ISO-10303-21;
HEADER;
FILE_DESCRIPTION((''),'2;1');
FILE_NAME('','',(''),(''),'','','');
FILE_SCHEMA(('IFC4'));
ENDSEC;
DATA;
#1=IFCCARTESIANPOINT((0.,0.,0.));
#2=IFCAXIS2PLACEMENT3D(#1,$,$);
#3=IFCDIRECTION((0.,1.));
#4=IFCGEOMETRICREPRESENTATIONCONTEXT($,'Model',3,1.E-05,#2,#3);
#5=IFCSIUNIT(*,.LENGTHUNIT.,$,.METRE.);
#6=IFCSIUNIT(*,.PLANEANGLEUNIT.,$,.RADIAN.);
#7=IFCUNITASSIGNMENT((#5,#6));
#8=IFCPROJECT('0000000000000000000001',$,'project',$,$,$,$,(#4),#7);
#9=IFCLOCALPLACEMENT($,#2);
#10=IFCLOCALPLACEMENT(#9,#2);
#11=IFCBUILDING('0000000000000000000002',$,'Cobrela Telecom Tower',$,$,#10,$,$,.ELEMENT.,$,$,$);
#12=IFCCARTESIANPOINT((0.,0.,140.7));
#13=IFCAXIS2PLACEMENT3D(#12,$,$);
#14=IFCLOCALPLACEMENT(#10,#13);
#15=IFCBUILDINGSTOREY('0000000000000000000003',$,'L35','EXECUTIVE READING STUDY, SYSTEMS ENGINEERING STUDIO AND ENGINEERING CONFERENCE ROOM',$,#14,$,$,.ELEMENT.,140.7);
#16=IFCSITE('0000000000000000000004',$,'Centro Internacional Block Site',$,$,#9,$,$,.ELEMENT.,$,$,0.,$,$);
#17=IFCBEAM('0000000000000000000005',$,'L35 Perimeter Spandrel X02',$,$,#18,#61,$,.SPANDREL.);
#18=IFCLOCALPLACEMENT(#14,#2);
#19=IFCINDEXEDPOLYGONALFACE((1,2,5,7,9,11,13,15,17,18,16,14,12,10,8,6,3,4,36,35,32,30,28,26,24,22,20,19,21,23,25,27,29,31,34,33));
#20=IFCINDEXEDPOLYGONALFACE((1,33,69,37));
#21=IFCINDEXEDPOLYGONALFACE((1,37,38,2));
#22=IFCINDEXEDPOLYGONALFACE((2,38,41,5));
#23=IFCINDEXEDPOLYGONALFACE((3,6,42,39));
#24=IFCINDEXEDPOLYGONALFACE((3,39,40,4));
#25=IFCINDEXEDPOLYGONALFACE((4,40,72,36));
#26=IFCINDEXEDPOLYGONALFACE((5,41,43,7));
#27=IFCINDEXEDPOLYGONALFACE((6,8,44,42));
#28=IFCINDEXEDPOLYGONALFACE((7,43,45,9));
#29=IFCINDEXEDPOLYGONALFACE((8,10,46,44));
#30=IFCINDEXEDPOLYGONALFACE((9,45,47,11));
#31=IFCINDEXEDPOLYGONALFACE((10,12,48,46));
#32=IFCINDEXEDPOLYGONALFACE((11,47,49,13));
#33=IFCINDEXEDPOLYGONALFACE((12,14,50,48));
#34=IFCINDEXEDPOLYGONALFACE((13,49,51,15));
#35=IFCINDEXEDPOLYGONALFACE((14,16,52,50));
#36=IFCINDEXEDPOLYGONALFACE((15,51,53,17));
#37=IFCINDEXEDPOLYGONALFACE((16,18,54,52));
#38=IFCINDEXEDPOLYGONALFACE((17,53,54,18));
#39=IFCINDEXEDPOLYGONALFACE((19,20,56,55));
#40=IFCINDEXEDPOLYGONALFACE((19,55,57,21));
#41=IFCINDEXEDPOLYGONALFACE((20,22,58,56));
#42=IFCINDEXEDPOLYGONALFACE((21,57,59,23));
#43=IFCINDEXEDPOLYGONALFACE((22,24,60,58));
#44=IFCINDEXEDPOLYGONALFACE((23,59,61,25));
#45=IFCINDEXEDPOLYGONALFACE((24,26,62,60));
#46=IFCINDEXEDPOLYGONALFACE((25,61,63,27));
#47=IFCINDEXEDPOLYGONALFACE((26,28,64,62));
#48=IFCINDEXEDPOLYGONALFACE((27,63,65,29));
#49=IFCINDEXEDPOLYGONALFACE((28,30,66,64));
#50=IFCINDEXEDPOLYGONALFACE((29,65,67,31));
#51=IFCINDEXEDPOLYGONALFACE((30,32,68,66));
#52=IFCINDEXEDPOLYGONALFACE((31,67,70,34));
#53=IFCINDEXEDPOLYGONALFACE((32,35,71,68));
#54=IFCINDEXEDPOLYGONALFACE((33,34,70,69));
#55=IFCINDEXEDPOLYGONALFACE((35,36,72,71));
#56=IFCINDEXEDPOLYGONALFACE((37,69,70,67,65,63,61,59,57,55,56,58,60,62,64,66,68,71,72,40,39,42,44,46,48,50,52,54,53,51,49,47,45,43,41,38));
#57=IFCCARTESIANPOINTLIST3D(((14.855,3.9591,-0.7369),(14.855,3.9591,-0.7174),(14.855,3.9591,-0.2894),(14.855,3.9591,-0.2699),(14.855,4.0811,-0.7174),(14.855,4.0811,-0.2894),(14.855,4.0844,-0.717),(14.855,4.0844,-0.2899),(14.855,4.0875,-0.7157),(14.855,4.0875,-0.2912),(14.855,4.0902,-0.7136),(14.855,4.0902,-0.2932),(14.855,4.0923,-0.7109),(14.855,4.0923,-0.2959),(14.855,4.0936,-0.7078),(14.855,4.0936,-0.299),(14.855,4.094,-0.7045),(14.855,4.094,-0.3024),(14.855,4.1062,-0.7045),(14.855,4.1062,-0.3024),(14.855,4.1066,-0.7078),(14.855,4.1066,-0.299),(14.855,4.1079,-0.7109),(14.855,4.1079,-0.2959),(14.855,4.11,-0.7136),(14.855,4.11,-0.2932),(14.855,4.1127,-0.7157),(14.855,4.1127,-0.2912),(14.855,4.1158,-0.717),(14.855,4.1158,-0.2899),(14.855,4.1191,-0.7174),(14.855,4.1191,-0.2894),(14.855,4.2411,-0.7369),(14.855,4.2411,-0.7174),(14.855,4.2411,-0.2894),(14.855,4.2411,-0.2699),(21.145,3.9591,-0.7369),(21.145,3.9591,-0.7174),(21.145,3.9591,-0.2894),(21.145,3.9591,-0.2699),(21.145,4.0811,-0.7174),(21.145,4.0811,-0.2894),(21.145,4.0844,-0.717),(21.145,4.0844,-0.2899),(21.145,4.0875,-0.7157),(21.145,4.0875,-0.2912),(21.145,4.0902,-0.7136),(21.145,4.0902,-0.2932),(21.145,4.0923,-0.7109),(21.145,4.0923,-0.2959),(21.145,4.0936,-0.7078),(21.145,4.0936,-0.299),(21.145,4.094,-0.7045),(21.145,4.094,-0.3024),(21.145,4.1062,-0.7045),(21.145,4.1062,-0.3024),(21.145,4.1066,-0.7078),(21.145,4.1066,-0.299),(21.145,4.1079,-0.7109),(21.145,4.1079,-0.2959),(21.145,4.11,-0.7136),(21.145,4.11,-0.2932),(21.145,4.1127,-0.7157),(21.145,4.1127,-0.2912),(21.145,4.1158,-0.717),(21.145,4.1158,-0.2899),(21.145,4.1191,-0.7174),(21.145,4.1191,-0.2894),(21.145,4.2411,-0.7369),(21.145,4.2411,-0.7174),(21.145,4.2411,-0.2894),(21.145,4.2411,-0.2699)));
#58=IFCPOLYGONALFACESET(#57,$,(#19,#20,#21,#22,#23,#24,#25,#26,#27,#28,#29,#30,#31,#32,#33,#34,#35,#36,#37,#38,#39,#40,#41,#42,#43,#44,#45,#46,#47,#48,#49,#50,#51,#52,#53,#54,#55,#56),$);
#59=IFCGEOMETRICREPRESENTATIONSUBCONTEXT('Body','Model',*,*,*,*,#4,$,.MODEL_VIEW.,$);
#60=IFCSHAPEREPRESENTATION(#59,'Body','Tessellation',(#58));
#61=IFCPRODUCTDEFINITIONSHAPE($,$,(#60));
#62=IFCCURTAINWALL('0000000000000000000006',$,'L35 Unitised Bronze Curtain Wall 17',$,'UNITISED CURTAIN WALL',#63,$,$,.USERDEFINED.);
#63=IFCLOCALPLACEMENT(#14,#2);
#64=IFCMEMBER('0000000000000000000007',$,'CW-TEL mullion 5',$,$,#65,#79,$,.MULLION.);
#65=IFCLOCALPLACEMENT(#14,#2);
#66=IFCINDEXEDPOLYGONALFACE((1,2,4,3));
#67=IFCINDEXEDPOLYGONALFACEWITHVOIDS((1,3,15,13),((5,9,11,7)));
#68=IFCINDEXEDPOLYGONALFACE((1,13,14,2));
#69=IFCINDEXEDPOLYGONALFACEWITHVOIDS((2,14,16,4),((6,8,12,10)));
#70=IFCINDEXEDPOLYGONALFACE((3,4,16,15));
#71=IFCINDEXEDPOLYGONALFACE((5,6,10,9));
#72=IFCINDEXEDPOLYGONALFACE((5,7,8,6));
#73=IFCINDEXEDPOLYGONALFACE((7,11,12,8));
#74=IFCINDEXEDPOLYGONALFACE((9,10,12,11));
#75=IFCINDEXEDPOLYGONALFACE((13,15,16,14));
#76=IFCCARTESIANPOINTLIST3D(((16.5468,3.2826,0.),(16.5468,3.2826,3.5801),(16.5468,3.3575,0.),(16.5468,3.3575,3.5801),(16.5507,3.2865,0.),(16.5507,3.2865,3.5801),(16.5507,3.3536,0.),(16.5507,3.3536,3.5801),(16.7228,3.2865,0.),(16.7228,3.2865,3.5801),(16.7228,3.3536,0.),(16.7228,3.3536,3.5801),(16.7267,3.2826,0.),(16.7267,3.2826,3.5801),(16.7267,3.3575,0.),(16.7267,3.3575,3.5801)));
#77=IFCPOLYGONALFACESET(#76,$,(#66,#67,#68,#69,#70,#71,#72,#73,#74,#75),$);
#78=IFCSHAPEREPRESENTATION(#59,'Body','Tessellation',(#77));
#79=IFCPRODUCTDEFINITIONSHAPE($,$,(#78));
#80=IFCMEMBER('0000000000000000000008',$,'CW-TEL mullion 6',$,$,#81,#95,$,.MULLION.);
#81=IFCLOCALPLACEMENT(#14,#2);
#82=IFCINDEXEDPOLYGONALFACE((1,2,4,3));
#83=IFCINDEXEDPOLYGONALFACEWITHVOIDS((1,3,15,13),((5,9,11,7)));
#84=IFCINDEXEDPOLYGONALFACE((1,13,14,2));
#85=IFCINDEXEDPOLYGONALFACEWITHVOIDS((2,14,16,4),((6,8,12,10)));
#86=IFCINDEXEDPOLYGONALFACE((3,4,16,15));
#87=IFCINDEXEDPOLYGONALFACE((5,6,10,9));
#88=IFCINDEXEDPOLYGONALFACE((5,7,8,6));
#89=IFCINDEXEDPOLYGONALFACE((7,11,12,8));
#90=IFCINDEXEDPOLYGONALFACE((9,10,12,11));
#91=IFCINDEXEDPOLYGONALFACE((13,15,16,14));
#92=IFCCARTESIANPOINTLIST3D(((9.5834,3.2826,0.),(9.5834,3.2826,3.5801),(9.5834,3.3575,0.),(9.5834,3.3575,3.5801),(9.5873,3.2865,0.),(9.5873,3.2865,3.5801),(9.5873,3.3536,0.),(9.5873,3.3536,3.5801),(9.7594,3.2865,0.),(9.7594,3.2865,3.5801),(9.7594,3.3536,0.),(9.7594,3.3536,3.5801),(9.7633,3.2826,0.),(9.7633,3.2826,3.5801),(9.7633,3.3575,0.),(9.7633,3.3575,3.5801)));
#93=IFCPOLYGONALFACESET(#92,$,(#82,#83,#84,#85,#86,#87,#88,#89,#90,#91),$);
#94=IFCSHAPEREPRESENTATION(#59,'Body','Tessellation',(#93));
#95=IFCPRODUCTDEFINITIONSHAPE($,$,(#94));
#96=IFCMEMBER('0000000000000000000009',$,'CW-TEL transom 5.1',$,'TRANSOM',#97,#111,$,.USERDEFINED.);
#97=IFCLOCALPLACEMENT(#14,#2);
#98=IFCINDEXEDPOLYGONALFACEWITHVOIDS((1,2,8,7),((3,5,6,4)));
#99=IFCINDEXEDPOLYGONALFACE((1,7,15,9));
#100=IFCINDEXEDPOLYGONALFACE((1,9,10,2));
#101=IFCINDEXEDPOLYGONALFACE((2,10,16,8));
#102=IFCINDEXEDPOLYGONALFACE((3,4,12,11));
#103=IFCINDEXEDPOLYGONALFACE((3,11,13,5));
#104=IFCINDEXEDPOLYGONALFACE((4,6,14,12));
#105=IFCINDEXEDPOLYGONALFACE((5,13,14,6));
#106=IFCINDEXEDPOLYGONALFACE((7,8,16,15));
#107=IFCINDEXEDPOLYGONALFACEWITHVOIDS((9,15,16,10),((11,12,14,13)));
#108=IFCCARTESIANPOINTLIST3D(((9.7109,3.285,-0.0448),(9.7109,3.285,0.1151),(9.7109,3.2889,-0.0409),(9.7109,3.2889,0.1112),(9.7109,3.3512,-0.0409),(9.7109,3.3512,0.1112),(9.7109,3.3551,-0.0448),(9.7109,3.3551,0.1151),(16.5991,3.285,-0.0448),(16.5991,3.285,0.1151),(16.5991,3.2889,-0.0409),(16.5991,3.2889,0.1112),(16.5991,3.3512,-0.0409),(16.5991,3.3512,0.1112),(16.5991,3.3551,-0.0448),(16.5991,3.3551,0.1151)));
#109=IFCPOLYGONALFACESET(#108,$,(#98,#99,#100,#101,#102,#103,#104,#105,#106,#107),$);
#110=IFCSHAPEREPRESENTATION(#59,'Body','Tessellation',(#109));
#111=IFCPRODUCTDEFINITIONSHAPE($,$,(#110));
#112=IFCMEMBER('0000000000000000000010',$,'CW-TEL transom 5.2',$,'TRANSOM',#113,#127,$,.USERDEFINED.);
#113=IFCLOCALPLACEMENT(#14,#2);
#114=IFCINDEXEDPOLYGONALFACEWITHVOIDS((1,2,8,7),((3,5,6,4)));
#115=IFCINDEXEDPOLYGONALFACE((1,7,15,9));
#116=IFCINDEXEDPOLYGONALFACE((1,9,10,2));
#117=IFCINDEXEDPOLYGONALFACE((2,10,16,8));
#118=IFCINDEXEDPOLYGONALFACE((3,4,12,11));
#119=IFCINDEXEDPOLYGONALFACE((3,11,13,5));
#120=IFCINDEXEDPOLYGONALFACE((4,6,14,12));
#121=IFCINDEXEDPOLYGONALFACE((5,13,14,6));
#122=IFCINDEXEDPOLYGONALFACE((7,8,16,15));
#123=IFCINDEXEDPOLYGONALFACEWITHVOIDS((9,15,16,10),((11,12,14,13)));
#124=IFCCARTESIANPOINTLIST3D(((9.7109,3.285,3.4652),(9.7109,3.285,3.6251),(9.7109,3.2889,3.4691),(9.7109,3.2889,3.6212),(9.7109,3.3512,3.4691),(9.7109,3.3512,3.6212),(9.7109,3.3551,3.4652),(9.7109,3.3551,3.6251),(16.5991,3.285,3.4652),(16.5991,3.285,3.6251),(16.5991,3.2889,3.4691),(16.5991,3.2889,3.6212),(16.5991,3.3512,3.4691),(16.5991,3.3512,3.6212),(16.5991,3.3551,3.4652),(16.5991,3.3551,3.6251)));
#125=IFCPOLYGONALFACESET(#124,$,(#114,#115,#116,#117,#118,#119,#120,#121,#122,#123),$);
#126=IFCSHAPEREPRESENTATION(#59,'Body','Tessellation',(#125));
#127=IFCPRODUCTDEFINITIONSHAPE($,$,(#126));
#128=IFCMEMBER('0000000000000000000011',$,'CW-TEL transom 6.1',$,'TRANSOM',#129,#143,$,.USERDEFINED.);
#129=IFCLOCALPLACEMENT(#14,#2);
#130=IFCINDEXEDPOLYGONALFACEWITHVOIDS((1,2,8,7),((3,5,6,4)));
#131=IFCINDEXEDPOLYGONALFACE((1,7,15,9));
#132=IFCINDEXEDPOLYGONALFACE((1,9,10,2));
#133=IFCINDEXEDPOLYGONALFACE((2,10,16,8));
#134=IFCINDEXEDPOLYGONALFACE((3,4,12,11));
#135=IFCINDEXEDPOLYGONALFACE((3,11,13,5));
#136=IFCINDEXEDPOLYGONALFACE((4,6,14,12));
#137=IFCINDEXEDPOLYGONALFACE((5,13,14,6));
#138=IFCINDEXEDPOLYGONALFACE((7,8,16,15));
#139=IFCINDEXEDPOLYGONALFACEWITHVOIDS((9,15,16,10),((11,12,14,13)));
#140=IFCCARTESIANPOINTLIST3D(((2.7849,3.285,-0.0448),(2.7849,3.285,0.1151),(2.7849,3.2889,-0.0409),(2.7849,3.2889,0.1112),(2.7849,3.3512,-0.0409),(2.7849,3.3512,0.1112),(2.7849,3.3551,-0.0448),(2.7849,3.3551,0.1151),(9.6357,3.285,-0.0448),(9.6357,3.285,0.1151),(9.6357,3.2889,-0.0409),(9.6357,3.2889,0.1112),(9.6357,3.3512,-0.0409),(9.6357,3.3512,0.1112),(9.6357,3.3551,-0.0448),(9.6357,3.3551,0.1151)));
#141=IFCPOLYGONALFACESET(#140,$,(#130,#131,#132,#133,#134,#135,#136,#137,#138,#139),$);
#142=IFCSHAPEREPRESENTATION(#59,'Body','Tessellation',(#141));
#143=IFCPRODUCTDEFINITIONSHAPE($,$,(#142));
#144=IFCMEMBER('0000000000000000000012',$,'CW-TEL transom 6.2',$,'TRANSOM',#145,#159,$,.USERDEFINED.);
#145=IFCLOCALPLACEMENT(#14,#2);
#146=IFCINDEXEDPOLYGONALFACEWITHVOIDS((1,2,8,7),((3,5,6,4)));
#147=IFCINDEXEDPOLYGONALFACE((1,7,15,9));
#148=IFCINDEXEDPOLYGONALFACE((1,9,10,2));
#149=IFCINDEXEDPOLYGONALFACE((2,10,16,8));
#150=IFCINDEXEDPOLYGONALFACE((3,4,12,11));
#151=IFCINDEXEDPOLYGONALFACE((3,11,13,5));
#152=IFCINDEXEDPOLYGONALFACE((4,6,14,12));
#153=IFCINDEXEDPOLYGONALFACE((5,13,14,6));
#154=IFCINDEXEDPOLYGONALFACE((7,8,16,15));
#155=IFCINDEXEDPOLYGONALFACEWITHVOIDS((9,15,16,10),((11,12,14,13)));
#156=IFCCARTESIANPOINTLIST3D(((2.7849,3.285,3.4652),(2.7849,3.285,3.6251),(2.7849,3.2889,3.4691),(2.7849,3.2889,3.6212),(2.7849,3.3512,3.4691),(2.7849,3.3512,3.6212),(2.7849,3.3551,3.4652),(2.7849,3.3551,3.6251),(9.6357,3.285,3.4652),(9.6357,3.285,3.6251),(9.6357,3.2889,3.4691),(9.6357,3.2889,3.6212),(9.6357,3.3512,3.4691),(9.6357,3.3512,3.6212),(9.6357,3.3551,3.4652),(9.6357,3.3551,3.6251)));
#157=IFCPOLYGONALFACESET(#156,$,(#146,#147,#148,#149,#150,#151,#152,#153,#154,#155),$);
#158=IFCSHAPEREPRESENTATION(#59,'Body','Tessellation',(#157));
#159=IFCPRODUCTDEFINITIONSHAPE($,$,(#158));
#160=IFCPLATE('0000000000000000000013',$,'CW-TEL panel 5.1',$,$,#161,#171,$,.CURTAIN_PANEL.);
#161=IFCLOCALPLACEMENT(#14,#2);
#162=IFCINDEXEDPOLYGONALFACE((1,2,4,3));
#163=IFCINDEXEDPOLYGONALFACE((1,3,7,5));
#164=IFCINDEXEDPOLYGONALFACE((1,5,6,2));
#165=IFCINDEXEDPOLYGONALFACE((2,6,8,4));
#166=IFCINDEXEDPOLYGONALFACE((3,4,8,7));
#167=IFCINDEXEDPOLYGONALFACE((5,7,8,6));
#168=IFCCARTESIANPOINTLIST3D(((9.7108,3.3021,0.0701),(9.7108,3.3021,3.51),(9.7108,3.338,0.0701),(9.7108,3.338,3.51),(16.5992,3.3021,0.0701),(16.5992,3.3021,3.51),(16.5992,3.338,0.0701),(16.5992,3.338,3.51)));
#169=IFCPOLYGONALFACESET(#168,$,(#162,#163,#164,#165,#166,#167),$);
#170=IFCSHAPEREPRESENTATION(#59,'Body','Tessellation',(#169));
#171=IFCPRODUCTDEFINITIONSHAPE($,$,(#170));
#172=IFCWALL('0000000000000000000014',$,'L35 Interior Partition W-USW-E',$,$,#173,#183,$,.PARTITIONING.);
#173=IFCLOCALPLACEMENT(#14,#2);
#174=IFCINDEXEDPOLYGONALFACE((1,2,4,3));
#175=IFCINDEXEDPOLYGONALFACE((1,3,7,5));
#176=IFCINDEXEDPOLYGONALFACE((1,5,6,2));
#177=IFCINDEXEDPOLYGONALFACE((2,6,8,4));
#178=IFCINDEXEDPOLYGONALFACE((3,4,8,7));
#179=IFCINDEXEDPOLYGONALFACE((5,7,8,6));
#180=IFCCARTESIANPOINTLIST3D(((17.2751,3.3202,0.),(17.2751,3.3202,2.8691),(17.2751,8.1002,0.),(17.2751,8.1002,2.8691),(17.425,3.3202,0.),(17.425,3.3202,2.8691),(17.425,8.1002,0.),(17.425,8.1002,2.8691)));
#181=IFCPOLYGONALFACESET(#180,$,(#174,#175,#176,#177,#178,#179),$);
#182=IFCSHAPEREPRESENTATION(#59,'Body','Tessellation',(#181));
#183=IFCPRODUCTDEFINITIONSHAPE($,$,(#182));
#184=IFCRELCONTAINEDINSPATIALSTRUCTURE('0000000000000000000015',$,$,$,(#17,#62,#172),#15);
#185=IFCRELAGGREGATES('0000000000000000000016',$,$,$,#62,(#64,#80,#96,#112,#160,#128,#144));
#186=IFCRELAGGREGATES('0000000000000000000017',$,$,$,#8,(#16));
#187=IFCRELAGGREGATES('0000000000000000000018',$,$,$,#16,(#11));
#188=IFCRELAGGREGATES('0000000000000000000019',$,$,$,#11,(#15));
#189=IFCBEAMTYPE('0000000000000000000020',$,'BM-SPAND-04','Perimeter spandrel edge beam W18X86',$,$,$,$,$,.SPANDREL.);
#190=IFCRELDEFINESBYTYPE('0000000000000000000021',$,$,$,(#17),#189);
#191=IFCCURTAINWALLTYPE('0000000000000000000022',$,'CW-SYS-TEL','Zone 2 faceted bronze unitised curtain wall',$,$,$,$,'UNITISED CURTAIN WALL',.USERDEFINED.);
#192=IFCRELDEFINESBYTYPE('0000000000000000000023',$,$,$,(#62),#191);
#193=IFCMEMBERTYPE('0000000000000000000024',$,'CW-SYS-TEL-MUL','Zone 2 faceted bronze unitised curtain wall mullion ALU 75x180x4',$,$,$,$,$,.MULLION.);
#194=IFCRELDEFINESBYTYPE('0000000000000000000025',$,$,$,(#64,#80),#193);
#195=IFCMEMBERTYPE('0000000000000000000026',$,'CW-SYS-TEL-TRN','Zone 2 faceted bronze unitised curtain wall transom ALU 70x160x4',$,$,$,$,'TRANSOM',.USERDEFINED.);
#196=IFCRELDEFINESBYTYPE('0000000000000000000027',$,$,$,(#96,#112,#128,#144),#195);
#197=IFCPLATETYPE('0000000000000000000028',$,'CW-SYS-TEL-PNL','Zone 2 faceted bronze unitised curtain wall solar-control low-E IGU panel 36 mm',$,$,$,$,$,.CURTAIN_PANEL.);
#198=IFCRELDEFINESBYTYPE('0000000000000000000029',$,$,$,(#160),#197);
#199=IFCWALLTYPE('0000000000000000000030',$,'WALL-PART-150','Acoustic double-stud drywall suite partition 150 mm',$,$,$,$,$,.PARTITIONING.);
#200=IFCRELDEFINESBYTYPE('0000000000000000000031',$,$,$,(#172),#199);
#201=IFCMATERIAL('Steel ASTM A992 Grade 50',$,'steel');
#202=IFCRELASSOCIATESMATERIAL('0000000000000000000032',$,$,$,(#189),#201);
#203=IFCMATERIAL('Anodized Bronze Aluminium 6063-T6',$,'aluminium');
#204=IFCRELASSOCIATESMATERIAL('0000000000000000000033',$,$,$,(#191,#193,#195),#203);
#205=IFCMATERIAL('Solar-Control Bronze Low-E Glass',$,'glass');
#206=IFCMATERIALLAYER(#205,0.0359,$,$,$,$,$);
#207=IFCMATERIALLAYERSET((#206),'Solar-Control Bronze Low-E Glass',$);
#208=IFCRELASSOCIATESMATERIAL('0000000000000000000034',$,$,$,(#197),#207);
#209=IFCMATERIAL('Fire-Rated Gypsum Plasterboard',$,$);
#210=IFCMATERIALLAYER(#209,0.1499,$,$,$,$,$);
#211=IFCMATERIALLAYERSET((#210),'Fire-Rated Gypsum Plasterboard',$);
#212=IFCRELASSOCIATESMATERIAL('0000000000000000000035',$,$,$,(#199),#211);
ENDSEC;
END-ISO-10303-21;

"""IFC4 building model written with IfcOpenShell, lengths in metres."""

from ifc_helpers import new_model, si_unit, direction, frame, frame_2d, origin, origin_2d, place, context, subcontext, project, spatial, rectangle, hollow_rectangle, i_section, extrude, material, layer, layer_set, material_profile, profile_set, type_object, element, aggregate, save


model = new_model("IFC4")

# Units and contexts
model_context = context("Model", 3, precision=1e-05, world=origin(), true_north=direction((0.0, 1.0)))
body_context = subcontext(model_context, "Body", "Model", "MODEL_VIEW")
ifc_project = project(units=[si_unit("LENGTHUNIT", "METRE"), si_unit("PLANEANGLEUNIT", "RADIAN")], contexts=[model_context])

# Site, building, storey
site_placement = place(None, origin())
site = spatial("IfcSite", under=ifc_project, at=site_placement, Name="Centro Internacional Block Site", CompositionType="ELEMENT", RefElevation=0.0)
building_placement = place(site_placement, origin())
building = spatial("IfcBuilding", under=site, at=building_placement, Name="Cobrela Telecom Tower", CompositionType="ELEMENT")
storey_placement = place(building_placement, frame((0.0, 0.0, 140.7)))
storey = spatial("IfcBuildingStorey", under=building, at=storey_placement, Name="L35", Description="EXECUTIVE READING STUDY, SYSTEMS ENGINEERING STUDIO AND ENGINEERING CONFERENCE ROOM", CompositionType="ELEMENT", Elevation=140.7)

# Beam
ifc_material_1 = material(Name="Steel ASTM A992 Grade 50", Category="steel")
ifc_material_profile_1 = material_profile(ifc_material_1, i_section(OverallWidth=0.282, OverallDepth=0.467, WebThickness=0.0122, FlangeThickness=0.0195, FilletRadius=0.0129, at=origin_2d()), Name="W18X86")
ifc_profile_set_1 = profile_set([ifc_material_profile_1], Name="Steel ASTM A992 Grade 50")
beam_type_1 = type_object("IfcBeamType", Name="BM-SPAND-04", Description="Perimeter spandrel edge beam W18X86", PredefinedType="SPANDREL", material=ifc_profile_set_1)
for number, where, z_axis, x_axis, name in (
    (1, (14.855, 4.1001, -0.5034), (1.0, 0.0, 0.0), (0.0, 1.0, 0.0), "L35 Perimeter Spandrel X02"),
):
    element("IfcBeam", number, at=place(storey_placement, frame(where, z_axis=z_axis, x_axis=x_axis)), inside=storey, type_object=beam_type_1, Name=name, PredefinedType="SPANDREL", context=body_context, shape_type="SweptSolid", body=[
        extrude(i_section(OverallWidth=0.282, OverallDepth=0.467, WebThickness=0.0122, FlangeThickness=0.0195, FilletRadius=0.0129, at=origin_2d()), origin(), (0.0, 0.0, 1.0), 6.29),
    ])

# Curtain wall, members, plate
ifc_material_2 = material(Name="Anodized Bronze Aluminium 6063-T6", Category="aluminium")
curtain_wall_type = type_object("IfcCurtainWallType", Name="CW-SYS-TEL", Description="Zone 2 faceted bronze unitised curtain wall", ElementType="UNITISED CURTAIN WALL", PredefinedType="USERDEFINED", material=ifc_material_2)
curtain_wall_placement = place(storey_placement, origin())
curtain_wall = element("IfcCurtainWall", 2, at=curtain_wall_placement, inside=storey, type_object=curtain_wall_type, Name="L35 Unitised Bronze Curtain Wall 17", ObjectType="UNITISED CURTAIN WALL", PredefinedType="USERDEFINED")
ifc_material_profile_2 = material_profile(ifc_material_2, hollow_rectangle(XDim=0.075, YDim=0.1799, WallThickness=0.0039, at=origin_2d()), Name="ALU 75x180x4")
ifc_profile_set_2 = profile_set([ifc_material_profile_2], Name="Anodized Bronze Aluminium 6063-T6")
member_type_1 = type_object("IfcMemberType", Name="CW-SYS-TEL-MUL", Description="Zone 2 faceted bronze unitised curtain wall mullion ALU 75x180x4", PredefinedType="MULLION", material=ifc_profile_set_2)
member_1_placement = place(storey_placement, frame((16.6367, 3.3201, 0.0), z_axis=(0.0, 0.0, 1.0), x_axis=(0.0, -1.0, 0.0)))
member_1 = element("IfcMember", 3, at=member_1_placement, type_object=member_type_1, Name="CW-TEL mullion 5", PredefinedType="MULLION", context=body_context, shape_type="SweptSolid", body=[
    extrude(hollow_rectangle(XDim=0.075, YDim=0.1799, WallThickness=0.0039, at=origin_2d()), origin(), (0.0, 0.0, 1.0), 3.5801),
])
member_2_placement = place(storey_placement, frame((9.6733, 3.3201, 0.0), z_axis=(0.0, 0.0, 1.0), x_axis=(0.0, -1.0, 0.0)))
member_2 = element("IfcMember", 4, at=member_2_placement, type_object=member_type_1, Name="CW-TEL mullion 6", PredefinedType="MULLION", context=body_context, shape_type="SweptSolid", body=[
    extrude(hollow_rectangle(XDim=0.075, YDim=0.1799, WallThickness=0.0039, at=origin_2d()), origin(), (0.0, 0.0, 1.0), 3.5801),
])
ifc_material_profile_3 = material_profile(ifc_material_2, hollow_rectangle(XDim=0.0701, YDim=0.1599, WallThickness=0.0039, at=origin_2d()), Name="ALU 70x160x4")
ifc_profile_set_3 = profile_set([ifc_material_profile_3], Name="Anodized Bronze Aluminium 6063-T6")
member_type_2 = type_object("IfcMemberType", Name="CW-SYS-TEL-TRN", Description="Zone 2 faceted bronze unitised curtain wall transom ALU 70x160x4", ElementType="TRANSOM", PredefinedType="USERDEFINED", material=ifc_profile_set_3)
member_3_placement = place(storey_placement, frame((16.5991, 3.3201, 0.0352), z_axis=(-1.0, 0.0, 0.0), x_axis=(0.0, -1.0, 0.0)))
member_3 = element("IfcMember", 5, at=member_3_placement, type_object=member_type_2, Name="CW-TEL transom 5.1", ObjectType="TRANSOM", PredefinedType="USERDEFINED", context=body_context, shape_type="SweptSolid", body=[
    extrude(hollow_rectangle(XDim=0.0701, YDim=0.1599, WallThickness=0.0039, at=origin_2d()), origin(), (0.0, 0.0, 1.0), 6.8882),
])
member_4_placement = place(storey_placement, frame((16.5991, 3.3201, 3.5452), z_axis=(-1.0, 0.0, 0.0), x_axis=(0.0, -1.0, 0.0)))
member_4 = element("IfcMember", 6, at=member_4_placement, type_object=member_type_2, Name="CW-TEL transom 5.2", ObjectType="TRANSOM", PredefinedType="USERDEFINED", context=body_context, shape_type="SweptSolid", body=[
    extrude(hollow_rectangle(XDim=0.0701, YDim=0.1599, WallThickness=0.0039, at=origin_2d()), origin(), (0.0, 0.0, 1.0), 6.8882),
])
member_5_placement = place(storey_placement, frame((9.6357, 3.3201, 0.0352), z_axis=(-1.0, 0.0, 0.0), x_axis=(0.0, -1.0, 0.0)))
member_5 = element("IfcMember", 7, at=member_5_placement, type_object=member_type_2, Name="CW-TEL transom 6.1", ObjectType="TRANSOM", PredefinedType="USERDEFINED", context=body_context, shape_type="SweptSolid", body=[
    extrude(hollow_rectangle(XDim=0.0701, YDim=0.1599, WallThickness=0.0039, at=origin_2d()), origin(), (0.0, 0.0, 1.0), 6.8508),
])
member_6_placement = place(storey_placement, frame((9.6357, 3.3201, 3.5452), z_axis=(-1.0, 0.0, 0.0), x_axis=(0.0, -1.0, 0.0)))
member_6 = element("IfcMember", 8, at=member_6_placement, type_object=member_type_2, Name="CW-TEL transom 6.2", ObjectType="TRANSOM", PredefinedType="USERDEFINED", context=body_context, shape_type="SweptSolid", body=[
    extrude(hollow_rectangle(XDim=0.0701, YDim=0.1599, WallThickness=0.0039, at=origin_2d()), origin(), (0.0, 0.0, 1.0), 6.8508),
])
ifc_material_3 = material(Name="Solar-Control Bronze Low-E Glass", Category="glass")
ifc_layer_1 = layer(ifc_material_3, 0.0359)
ifc_layer_set_1 = layer_set([ifc_layer_1], Name="Solar-Control Bronze Low-E Glass")
plate_type = type_object("IfcPlateType", Name="CW-SYS-TEL-PNL", Description="Zone 2 faceted bronze unitised curtain wall solar-control low-E IGU panel 36 mm", PredefinedType="CURTAIN_PANEL", material=ifc_layer_set_1)
plate_placement = place(storey_placement, frame((13.155, 3.3201, 0.0701), z_axis=(0.0, 0.0, 1.0), x_axis=(-1.0, 0.0, 0.0)))
plate = element("IfcPlate", 9, at=plate_placement, type_object=plate_type, Name="CW-TEL panel 5.1", PredefinedType="CURTAIN_PANEL", context=body_context, shape_type="SweptSolid", body=[
    extrude(rectangle(XDim=6.8884, YDim=0.0359, at=origin_2d()), origin(), (0.0, 0.0, 1.0), 3.4399),
])
aggregate(curtain_wall, [member_1, member_2, member_3, member_4, plate, member_5, member_6])

# Shared definitions
ifc_material_4 = material(Name="Fire-Rated Gypsum Plasterboard")
ifc_layer_2 = layer(ifc_material_4, 0.1499)
ifc_layer_set_2 = layer_set([ifc_layer_2], Name="Fire-Rated Gypsum Plasterboard")
wall_type_1 = type_object("IfcWallType", Name="WALL-PART-150", Description="Acoustic double-stud drywall suite partition 150 mm", PredefinedType="PARTITIONING", material=ifc_layer_set_2)

# Wall
wall_1_placement = place(storey_placement, frame((17.3501, 3.3201, 0.0), z_axis=(0.0, 0.0, 1.0), x_axis=(0.0, 1.0, 0.0)))
element("IfcWall", 10, at=wall_1_placement, inside=storey, type_object=wall_type_1, Name="L35 Interior Partition W-USW-E", PredefinedType="PARTITIONING", context=body_context, shape_type="SweptSolid", body=[
    extrude(rectangle(XDim=4.78, YDim=0.1499, at=frame_2d((2.3901, 0.0))), origin(), (0.0, 0.0, 1.0), 2.8691),
])

save(model, "model.ifc")
